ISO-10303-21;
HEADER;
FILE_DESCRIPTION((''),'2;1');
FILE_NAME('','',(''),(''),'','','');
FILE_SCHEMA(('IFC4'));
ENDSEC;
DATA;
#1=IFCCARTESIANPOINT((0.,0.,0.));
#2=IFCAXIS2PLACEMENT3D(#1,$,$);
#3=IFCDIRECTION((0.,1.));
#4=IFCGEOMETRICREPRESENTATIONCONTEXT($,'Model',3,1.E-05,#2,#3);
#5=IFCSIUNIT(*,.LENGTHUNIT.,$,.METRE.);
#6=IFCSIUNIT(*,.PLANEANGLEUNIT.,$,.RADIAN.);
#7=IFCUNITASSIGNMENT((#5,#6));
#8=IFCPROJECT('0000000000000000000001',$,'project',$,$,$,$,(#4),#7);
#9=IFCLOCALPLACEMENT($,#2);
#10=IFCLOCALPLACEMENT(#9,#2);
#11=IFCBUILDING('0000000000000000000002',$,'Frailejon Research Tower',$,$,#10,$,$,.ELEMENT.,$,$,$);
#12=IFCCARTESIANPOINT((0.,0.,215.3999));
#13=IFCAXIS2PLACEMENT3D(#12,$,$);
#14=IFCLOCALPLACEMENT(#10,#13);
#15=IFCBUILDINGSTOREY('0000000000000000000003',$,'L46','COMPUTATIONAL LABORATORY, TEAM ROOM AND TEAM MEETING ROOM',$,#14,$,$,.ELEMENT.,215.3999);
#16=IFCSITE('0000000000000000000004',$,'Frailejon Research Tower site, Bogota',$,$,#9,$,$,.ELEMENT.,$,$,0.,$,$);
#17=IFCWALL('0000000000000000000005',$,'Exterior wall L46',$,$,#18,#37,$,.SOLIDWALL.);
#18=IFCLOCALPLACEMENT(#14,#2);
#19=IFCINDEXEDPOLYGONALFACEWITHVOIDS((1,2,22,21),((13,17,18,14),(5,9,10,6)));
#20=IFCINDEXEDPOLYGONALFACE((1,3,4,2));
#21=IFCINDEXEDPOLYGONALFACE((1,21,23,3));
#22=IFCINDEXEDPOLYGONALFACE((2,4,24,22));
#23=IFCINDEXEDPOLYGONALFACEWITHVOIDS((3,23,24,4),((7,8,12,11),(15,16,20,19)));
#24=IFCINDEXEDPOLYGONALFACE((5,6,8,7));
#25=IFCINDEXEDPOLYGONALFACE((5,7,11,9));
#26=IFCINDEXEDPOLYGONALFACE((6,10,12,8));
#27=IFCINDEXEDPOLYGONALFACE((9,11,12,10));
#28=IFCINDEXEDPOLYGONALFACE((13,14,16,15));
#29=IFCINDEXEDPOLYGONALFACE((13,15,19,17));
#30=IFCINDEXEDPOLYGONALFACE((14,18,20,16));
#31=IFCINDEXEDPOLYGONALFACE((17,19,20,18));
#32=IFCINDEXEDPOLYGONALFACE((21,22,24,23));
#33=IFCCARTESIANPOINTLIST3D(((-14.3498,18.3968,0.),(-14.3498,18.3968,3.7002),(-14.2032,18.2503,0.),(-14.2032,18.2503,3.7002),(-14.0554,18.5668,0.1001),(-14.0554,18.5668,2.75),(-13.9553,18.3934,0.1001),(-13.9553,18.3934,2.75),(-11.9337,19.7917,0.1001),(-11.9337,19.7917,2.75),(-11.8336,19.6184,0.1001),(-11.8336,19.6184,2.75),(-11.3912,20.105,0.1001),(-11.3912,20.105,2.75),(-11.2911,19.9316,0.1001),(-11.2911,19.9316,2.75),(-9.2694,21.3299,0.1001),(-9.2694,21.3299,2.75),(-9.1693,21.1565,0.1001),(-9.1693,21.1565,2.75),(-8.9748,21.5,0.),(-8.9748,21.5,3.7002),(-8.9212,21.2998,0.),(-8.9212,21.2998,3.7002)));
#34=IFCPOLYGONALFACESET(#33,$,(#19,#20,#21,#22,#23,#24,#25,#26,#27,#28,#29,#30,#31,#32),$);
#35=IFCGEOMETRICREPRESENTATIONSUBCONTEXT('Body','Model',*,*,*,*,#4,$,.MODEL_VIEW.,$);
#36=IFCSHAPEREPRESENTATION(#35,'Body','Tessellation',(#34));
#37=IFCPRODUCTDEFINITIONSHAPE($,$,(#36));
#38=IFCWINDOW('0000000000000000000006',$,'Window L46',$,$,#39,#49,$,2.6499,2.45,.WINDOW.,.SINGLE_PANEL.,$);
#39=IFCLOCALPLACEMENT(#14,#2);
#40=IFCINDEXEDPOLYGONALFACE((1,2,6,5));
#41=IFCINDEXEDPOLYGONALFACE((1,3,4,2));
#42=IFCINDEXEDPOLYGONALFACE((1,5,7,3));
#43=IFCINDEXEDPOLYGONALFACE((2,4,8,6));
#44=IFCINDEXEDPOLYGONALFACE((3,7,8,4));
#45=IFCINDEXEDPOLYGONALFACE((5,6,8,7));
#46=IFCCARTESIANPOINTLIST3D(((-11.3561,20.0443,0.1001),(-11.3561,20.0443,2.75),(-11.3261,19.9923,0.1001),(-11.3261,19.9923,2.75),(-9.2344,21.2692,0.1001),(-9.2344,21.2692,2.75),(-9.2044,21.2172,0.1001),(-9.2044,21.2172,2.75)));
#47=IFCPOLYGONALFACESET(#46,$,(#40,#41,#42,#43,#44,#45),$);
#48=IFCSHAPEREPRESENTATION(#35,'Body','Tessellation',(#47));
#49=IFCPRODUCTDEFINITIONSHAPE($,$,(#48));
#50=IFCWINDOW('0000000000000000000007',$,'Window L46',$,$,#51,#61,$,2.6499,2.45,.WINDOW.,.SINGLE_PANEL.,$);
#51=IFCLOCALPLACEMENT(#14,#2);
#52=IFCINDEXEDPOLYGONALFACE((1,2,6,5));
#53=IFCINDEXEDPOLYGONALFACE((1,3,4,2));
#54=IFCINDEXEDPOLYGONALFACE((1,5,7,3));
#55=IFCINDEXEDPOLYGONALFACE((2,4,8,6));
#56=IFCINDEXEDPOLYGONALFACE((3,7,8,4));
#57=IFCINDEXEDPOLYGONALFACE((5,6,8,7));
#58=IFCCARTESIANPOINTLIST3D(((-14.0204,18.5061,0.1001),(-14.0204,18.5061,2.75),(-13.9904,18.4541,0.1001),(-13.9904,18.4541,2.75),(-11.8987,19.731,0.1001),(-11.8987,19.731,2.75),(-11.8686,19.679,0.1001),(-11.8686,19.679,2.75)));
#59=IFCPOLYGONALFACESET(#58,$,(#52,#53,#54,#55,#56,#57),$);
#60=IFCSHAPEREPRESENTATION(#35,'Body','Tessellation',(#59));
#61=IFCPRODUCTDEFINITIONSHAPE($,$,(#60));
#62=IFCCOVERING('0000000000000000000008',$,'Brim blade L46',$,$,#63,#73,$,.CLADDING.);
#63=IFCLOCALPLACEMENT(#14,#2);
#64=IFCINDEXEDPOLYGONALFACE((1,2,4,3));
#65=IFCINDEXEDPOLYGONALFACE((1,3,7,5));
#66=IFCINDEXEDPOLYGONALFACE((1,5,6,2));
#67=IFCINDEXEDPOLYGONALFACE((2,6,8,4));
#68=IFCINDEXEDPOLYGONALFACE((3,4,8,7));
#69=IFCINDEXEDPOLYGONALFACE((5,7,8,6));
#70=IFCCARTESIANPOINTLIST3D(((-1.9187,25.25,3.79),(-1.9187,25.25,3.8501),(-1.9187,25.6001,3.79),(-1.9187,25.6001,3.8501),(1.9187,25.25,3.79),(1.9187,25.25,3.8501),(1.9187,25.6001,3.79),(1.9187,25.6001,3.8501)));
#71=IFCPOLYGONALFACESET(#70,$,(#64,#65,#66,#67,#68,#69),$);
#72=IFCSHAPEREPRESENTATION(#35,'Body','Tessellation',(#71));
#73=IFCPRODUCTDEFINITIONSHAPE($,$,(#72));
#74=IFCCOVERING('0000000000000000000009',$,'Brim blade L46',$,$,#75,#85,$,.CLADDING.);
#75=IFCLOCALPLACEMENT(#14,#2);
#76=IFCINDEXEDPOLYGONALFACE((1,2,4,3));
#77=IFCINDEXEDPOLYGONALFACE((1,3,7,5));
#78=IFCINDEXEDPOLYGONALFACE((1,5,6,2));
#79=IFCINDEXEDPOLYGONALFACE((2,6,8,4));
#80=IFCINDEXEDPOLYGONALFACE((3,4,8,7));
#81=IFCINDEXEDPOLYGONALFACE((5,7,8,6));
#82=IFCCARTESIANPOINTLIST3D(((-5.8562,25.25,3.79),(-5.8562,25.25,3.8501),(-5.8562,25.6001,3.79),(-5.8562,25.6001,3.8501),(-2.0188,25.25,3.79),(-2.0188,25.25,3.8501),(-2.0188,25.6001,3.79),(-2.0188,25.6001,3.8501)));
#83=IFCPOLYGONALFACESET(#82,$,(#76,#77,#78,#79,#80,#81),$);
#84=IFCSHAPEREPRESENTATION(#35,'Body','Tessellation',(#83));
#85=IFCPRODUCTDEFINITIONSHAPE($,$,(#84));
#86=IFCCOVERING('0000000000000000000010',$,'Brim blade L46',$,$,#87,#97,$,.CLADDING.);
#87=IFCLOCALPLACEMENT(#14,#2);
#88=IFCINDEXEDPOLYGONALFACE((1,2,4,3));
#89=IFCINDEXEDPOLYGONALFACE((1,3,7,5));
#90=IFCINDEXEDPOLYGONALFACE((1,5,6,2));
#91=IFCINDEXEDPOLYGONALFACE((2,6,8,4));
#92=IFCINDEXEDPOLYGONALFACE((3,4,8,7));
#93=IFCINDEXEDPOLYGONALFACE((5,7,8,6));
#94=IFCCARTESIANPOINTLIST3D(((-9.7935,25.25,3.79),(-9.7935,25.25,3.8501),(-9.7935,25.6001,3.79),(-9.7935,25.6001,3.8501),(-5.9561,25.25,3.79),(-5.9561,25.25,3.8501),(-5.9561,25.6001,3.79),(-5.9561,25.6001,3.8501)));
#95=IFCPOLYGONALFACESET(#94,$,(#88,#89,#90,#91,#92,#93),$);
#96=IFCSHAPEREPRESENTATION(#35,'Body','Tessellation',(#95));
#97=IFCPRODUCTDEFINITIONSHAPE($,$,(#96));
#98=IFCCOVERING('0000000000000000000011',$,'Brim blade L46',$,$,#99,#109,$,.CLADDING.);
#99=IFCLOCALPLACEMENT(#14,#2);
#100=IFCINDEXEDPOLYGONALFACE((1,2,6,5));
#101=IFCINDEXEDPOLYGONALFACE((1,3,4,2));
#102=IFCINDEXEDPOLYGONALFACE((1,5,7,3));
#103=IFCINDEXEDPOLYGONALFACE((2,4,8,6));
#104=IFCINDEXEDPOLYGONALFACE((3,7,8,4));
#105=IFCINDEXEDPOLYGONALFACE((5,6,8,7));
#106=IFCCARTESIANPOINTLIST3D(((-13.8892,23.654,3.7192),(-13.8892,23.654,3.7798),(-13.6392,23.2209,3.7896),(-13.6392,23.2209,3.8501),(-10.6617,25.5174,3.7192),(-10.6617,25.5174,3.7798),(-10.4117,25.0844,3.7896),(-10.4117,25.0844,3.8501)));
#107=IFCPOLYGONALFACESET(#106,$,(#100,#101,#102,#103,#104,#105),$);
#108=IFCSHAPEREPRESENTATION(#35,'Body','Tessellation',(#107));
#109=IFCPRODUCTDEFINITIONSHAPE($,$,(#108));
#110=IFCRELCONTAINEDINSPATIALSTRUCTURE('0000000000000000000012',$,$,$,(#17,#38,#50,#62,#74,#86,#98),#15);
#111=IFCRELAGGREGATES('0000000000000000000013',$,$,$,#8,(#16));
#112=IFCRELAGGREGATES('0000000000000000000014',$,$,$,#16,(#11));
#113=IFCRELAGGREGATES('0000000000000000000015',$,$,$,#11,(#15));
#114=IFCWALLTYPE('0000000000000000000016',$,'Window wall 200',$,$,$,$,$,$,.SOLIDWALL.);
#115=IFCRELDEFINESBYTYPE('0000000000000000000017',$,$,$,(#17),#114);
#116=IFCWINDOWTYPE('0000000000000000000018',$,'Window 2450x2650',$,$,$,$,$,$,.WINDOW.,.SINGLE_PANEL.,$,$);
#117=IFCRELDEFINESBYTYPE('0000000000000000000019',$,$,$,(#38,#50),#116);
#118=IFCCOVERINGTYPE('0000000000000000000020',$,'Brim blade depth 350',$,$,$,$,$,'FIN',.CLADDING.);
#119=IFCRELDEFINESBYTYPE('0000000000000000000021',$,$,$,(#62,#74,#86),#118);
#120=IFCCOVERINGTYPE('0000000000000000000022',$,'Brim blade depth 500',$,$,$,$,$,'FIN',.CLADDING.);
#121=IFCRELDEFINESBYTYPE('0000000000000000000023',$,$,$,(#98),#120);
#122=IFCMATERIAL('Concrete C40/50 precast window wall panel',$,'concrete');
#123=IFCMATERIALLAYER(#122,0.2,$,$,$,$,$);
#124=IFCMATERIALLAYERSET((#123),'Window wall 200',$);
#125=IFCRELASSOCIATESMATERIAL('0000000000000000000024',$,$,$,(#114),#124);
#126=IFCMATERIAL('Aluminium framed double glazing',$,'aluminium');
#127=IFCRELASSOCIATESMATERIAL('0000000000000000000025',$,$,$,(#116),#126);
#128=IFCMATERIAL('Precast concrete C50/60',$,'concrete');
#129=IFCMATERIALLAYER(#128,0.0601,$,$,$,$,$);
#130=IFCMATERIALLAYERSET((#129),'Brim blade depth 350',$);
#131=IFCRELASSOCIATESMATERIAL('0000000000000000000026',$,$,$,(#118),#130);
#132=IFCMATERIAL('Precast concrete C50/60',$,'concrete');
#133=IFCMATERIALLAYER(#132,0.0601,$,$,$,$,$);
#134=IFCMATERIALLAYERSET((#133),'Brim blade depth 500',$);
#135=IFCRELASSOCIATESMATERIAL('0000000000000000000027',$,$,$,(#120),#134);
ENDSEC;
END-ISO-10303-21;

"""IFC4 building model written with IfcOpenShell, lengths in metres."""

from ifc_helpers import new_model, si_unit, direction, frame, frame_2d, origin, place, context, subcontext, project, spatial, polyline, rectangle, outline, extrude, material, layer, layer_set, type_object, element, fill, save


model = new_model("IFC4")

# Units and contexts
model_context = context("Model", 3, precision=1e-05, world=origin(), true_north=direction((0.0, 1.0)))
body_context = subcontext(model_context, "Body", "Model", "MODEL_VIEW")
ifc_project = project(units=[si_unit("LENGTHUNIT", "METRE"), si_unit("PLANEANGLEUNIT", "RADIAN")], contexts=[model_context])

# Site, building, storey
site_placement = place(None, origin())
site = spatial("IfcSite", under=ifc_project, at=site_placement, Name="Frailejon Research Tower site, Bogota", CompositionType="ELEMENT", RefElevation=0.0)
building_placement = place(site_placement, origin())
building = spatial("IfcBuilding", under=site, at=building_placement, Name="Frailejon Research Tower", CompositionType="ELEMENT")
storey_placement = place(building_placement, frame((0.0, 0.0, 215.3999)))
storey = spatial("IfcBuildingStorey", under=building, at=storey_placement, Name="L46", Description="COMPUTATIONAL LABORATORY, TEAM ROOM AND TEAM MEETING ROOM", CompositionType="ELEMENT", Elevation=215.3999)

# Wall, openings, windows
ifc_material_1 = material(Name="Concrete C40/50 precast window wall panel", Category="concrete")
ifc_layer_1 = layer(ifc_material_1, 0.2)
ifc_layer_set_1 = layer_set([ifc_layer_1], Name="Window wall 200")
wall_type = type_object("IfcWallType", Name="Window wall 200", PredefinedType="SOLIDWALL", material=ifc_layer_set_1)
wall_placement = place(storey_placement, frame((-8.948, 21.3999, 0.0), z_axis=(0.0, 0.0, 1.0), x_axis=(-0.86603, -0.499993, 0.0)))
wall = element("IfcWall", 1, at=wall_placement, inside=storey, type_object=wall_type, Name="Exterior wall L46", PredefinedType="SOLIDWALL", context=body_context, shape_type="SweptSolid", body=[
    extrude(outline(polyline([(-0.0269, -0.1001), (1.0076, -0.1001), (2.042, -0.1001), (3.0764, -0.1001), (4.1108, -0.1001), (5.1453, -0.1001), (6.1797, -0.1001), (6.126, 0.1001), (5.1094, 0.1001), (4.093, 0.1001), (3.0764, 0.1001), (2.0598, 0.1001), (1.0435, 0.1001), (0.0269, 0.1001), (-0.0269, -0.1001)])), origin(), (0.0, 0.0, 1.0), 3.7002),
])
opening_1_placement = place(wall_placement, frame((0.3132, 0.0, 0.1001)))
opening_1 = element("IfcOpeningElement", 2, at=opening_1_placement, cuts=wall, PredefinedType="OPENING", context=body_context, shape_type="SweptSolid", body=[
    extrude(rectangle(XDim=2.45, YDim=2.6499, at=frame_2d((1.2251, 1.325))), frame((0.0, 0.1099, 0.0), z_axis=(0.0, -1.0, 0.0), x_axis=(1.0, 0.0, 0.0)), (0.0, 0.0, 1.0), 0.22),
])
opening_2_placement = place(wall_placement, frame((3.3896, 0.0, 0.1001)))
opening_2 = element("IfcOpeningElement", 3, at=opening_2_placement, cuts=wall, PredefinedType="OPENING", context=body_context, shape_type="SweptSolid", body=[
    extrude(rectangle(XDim=2.45, YDim=2.6499, at=frame_2d((1.2251, 1.325))), frame((0.0, 0.1099, 0.0), z_axis=(0.0, -1.0, 0.0), x_axis=(1.0, 0.0, 0.0)), (0.0, 0.0, 1.0), 0.22),
])
ifc_material_2 = material(Name="Aluminium framed double glazing", Category="aluminium")
window_type = type_object("IfcWindowType", Name="Window 2450x2650", PartitioningType="SINGLE_PANEL", PredefinedType="WINDOW", material=ifc_material_2)
window_1_placement = place(opening_1_placement, origin())
window_1 = element("IfcWindow", 4, at=window_1_placement, inside=storey, type_object=window_type, Name="Window L46", OverallHeight=2.6499, OverallWidth=2.45, PartitioningType="SINGLE_PANEL", PredefinedType="WINDOW", context=body_context, shape_type="SweptSolid", body=[
    extrude(rectangle(XDim=2.45, YDim=2.6499, at=frame_2d((1.2251, 1.325))), frame((0.0, 0.03, 0.0), z_axis=(0.0, -1.0, 0.0), x_axis=(1.0, 0.0, 0.0)), (0.0, 0.0, 1.0), 0.0601),
])
fill(opening_1, window_1)
window_2_placement = place(opening_2_placement, origin())
window_2 = element("IfcWindow", 5, at=window_2_placement, inside=storey, type_object=window_type, Name="Window L46", OverallHeight=2.6499, OverallWidth=2.45, PartitioningType="SINGLE_PANEL", PredefinedType="WINDOW", context=body_context, shape_type="SweptSolid", body=[
    extrude(rectangle(XDim=2.45, YDim=2.6499, at=frame_2d((1.2251, 1.325))), frame((0.0, 0.03, 0.0), z_axis=(0.0, -1.0, 0.0), x_axis=(1.0, 0.0, 0.0)), (0.0, 0.0, 1.0), 0.0601),
])
fill(opening_2, window_2)

# Coverings
ifc_material_3 = material(Name="Precast concrete C50/60", Category="concrete")
ifc_layer_2 = layer(ifc_material_3, 0.0601)
ifc_layer_set_2 = layer_set([ifc_layer_2], Name="Brim blade depth 350")
covering_type_1 = type_object("IfcCoveringType", Name="Brim blade depth 350", ElementType="FIN", PredefinedType="CLADDING", material=ifc_layer_set_2)
for number, where, z_axis, x_axis, name in (
    (6, (-1.9187, 25.25, 3.8501), (1.0, 0.0, 0.0), (0.0, 1.0, 0.0), "Brim blade L46"),
    (7, (-5.8562, 25.25, 3.8501), (1.0, 0.0, 0.0), (0.0, 1.0, 0.0), "Brim blade L46"),
    (8, (-9.7935, 25.25, 3.8501), (1.0, 0.0, 0.0), (0.0, 1.0, 0.0), "Brim blade L46"),
):
    element("IfcCovering", number, at=place(storey_placement, frame(where, z_axis=z_axis, x_axis=x_axis)), inside=storey, type_object=covering_type_1, Name=name, PredefinedType="CLADDING", context=body_context, shape_type="SweptSolid", body=[
        extrude(outline(polyline([(0.0, -0.0601), (0.3501, -0.0601), (0.3501, 0.0), (0.0, 0.0), (0.0, -0.0601)])), origin(), (0.0, 0.0, 1.0), 3.8374),
    ])
ifc_material_4 = material(Name="Precast concrete C50/60", Category="concrete")
ifc_layer_3 = layer(ifc_material_4, 0.0601)
ifc_layer_set_3 = layer_set([ifc_layer_3], Name="Brim blade depth 500")
covering_type_2 = type_object("IfcCoveringType", Name="Brim blade depth 500", ElementType="FIN", PredefinedType="CLADDING", material=ifc_layer_set_3)
covering_placement = place(storey_placement, frame((-13.6392, 23.2209, 3.8501), z_axis=(0.866018, 0.500012, 0.0), x_axis=(-0.500012, 0.866018, 0.0)))
element("IfcCovering", 9, at=covering_placement, inside=storey, type_object=covering_type_2, Name="Brim blade L46", PredefinedType="CLADDING", context=body_context, shape_type="SweptSolid", body=[
    extrude(outline(polyline([(0.0, -0.0605), (0.5, -0.1309), (0.5, -0.0703), (0.0, 0.0), (0.0, -0.0605)])), origin(), (0.0, 0.0, 1.0), 3.7268),
])

save(model, "model.ifc")
